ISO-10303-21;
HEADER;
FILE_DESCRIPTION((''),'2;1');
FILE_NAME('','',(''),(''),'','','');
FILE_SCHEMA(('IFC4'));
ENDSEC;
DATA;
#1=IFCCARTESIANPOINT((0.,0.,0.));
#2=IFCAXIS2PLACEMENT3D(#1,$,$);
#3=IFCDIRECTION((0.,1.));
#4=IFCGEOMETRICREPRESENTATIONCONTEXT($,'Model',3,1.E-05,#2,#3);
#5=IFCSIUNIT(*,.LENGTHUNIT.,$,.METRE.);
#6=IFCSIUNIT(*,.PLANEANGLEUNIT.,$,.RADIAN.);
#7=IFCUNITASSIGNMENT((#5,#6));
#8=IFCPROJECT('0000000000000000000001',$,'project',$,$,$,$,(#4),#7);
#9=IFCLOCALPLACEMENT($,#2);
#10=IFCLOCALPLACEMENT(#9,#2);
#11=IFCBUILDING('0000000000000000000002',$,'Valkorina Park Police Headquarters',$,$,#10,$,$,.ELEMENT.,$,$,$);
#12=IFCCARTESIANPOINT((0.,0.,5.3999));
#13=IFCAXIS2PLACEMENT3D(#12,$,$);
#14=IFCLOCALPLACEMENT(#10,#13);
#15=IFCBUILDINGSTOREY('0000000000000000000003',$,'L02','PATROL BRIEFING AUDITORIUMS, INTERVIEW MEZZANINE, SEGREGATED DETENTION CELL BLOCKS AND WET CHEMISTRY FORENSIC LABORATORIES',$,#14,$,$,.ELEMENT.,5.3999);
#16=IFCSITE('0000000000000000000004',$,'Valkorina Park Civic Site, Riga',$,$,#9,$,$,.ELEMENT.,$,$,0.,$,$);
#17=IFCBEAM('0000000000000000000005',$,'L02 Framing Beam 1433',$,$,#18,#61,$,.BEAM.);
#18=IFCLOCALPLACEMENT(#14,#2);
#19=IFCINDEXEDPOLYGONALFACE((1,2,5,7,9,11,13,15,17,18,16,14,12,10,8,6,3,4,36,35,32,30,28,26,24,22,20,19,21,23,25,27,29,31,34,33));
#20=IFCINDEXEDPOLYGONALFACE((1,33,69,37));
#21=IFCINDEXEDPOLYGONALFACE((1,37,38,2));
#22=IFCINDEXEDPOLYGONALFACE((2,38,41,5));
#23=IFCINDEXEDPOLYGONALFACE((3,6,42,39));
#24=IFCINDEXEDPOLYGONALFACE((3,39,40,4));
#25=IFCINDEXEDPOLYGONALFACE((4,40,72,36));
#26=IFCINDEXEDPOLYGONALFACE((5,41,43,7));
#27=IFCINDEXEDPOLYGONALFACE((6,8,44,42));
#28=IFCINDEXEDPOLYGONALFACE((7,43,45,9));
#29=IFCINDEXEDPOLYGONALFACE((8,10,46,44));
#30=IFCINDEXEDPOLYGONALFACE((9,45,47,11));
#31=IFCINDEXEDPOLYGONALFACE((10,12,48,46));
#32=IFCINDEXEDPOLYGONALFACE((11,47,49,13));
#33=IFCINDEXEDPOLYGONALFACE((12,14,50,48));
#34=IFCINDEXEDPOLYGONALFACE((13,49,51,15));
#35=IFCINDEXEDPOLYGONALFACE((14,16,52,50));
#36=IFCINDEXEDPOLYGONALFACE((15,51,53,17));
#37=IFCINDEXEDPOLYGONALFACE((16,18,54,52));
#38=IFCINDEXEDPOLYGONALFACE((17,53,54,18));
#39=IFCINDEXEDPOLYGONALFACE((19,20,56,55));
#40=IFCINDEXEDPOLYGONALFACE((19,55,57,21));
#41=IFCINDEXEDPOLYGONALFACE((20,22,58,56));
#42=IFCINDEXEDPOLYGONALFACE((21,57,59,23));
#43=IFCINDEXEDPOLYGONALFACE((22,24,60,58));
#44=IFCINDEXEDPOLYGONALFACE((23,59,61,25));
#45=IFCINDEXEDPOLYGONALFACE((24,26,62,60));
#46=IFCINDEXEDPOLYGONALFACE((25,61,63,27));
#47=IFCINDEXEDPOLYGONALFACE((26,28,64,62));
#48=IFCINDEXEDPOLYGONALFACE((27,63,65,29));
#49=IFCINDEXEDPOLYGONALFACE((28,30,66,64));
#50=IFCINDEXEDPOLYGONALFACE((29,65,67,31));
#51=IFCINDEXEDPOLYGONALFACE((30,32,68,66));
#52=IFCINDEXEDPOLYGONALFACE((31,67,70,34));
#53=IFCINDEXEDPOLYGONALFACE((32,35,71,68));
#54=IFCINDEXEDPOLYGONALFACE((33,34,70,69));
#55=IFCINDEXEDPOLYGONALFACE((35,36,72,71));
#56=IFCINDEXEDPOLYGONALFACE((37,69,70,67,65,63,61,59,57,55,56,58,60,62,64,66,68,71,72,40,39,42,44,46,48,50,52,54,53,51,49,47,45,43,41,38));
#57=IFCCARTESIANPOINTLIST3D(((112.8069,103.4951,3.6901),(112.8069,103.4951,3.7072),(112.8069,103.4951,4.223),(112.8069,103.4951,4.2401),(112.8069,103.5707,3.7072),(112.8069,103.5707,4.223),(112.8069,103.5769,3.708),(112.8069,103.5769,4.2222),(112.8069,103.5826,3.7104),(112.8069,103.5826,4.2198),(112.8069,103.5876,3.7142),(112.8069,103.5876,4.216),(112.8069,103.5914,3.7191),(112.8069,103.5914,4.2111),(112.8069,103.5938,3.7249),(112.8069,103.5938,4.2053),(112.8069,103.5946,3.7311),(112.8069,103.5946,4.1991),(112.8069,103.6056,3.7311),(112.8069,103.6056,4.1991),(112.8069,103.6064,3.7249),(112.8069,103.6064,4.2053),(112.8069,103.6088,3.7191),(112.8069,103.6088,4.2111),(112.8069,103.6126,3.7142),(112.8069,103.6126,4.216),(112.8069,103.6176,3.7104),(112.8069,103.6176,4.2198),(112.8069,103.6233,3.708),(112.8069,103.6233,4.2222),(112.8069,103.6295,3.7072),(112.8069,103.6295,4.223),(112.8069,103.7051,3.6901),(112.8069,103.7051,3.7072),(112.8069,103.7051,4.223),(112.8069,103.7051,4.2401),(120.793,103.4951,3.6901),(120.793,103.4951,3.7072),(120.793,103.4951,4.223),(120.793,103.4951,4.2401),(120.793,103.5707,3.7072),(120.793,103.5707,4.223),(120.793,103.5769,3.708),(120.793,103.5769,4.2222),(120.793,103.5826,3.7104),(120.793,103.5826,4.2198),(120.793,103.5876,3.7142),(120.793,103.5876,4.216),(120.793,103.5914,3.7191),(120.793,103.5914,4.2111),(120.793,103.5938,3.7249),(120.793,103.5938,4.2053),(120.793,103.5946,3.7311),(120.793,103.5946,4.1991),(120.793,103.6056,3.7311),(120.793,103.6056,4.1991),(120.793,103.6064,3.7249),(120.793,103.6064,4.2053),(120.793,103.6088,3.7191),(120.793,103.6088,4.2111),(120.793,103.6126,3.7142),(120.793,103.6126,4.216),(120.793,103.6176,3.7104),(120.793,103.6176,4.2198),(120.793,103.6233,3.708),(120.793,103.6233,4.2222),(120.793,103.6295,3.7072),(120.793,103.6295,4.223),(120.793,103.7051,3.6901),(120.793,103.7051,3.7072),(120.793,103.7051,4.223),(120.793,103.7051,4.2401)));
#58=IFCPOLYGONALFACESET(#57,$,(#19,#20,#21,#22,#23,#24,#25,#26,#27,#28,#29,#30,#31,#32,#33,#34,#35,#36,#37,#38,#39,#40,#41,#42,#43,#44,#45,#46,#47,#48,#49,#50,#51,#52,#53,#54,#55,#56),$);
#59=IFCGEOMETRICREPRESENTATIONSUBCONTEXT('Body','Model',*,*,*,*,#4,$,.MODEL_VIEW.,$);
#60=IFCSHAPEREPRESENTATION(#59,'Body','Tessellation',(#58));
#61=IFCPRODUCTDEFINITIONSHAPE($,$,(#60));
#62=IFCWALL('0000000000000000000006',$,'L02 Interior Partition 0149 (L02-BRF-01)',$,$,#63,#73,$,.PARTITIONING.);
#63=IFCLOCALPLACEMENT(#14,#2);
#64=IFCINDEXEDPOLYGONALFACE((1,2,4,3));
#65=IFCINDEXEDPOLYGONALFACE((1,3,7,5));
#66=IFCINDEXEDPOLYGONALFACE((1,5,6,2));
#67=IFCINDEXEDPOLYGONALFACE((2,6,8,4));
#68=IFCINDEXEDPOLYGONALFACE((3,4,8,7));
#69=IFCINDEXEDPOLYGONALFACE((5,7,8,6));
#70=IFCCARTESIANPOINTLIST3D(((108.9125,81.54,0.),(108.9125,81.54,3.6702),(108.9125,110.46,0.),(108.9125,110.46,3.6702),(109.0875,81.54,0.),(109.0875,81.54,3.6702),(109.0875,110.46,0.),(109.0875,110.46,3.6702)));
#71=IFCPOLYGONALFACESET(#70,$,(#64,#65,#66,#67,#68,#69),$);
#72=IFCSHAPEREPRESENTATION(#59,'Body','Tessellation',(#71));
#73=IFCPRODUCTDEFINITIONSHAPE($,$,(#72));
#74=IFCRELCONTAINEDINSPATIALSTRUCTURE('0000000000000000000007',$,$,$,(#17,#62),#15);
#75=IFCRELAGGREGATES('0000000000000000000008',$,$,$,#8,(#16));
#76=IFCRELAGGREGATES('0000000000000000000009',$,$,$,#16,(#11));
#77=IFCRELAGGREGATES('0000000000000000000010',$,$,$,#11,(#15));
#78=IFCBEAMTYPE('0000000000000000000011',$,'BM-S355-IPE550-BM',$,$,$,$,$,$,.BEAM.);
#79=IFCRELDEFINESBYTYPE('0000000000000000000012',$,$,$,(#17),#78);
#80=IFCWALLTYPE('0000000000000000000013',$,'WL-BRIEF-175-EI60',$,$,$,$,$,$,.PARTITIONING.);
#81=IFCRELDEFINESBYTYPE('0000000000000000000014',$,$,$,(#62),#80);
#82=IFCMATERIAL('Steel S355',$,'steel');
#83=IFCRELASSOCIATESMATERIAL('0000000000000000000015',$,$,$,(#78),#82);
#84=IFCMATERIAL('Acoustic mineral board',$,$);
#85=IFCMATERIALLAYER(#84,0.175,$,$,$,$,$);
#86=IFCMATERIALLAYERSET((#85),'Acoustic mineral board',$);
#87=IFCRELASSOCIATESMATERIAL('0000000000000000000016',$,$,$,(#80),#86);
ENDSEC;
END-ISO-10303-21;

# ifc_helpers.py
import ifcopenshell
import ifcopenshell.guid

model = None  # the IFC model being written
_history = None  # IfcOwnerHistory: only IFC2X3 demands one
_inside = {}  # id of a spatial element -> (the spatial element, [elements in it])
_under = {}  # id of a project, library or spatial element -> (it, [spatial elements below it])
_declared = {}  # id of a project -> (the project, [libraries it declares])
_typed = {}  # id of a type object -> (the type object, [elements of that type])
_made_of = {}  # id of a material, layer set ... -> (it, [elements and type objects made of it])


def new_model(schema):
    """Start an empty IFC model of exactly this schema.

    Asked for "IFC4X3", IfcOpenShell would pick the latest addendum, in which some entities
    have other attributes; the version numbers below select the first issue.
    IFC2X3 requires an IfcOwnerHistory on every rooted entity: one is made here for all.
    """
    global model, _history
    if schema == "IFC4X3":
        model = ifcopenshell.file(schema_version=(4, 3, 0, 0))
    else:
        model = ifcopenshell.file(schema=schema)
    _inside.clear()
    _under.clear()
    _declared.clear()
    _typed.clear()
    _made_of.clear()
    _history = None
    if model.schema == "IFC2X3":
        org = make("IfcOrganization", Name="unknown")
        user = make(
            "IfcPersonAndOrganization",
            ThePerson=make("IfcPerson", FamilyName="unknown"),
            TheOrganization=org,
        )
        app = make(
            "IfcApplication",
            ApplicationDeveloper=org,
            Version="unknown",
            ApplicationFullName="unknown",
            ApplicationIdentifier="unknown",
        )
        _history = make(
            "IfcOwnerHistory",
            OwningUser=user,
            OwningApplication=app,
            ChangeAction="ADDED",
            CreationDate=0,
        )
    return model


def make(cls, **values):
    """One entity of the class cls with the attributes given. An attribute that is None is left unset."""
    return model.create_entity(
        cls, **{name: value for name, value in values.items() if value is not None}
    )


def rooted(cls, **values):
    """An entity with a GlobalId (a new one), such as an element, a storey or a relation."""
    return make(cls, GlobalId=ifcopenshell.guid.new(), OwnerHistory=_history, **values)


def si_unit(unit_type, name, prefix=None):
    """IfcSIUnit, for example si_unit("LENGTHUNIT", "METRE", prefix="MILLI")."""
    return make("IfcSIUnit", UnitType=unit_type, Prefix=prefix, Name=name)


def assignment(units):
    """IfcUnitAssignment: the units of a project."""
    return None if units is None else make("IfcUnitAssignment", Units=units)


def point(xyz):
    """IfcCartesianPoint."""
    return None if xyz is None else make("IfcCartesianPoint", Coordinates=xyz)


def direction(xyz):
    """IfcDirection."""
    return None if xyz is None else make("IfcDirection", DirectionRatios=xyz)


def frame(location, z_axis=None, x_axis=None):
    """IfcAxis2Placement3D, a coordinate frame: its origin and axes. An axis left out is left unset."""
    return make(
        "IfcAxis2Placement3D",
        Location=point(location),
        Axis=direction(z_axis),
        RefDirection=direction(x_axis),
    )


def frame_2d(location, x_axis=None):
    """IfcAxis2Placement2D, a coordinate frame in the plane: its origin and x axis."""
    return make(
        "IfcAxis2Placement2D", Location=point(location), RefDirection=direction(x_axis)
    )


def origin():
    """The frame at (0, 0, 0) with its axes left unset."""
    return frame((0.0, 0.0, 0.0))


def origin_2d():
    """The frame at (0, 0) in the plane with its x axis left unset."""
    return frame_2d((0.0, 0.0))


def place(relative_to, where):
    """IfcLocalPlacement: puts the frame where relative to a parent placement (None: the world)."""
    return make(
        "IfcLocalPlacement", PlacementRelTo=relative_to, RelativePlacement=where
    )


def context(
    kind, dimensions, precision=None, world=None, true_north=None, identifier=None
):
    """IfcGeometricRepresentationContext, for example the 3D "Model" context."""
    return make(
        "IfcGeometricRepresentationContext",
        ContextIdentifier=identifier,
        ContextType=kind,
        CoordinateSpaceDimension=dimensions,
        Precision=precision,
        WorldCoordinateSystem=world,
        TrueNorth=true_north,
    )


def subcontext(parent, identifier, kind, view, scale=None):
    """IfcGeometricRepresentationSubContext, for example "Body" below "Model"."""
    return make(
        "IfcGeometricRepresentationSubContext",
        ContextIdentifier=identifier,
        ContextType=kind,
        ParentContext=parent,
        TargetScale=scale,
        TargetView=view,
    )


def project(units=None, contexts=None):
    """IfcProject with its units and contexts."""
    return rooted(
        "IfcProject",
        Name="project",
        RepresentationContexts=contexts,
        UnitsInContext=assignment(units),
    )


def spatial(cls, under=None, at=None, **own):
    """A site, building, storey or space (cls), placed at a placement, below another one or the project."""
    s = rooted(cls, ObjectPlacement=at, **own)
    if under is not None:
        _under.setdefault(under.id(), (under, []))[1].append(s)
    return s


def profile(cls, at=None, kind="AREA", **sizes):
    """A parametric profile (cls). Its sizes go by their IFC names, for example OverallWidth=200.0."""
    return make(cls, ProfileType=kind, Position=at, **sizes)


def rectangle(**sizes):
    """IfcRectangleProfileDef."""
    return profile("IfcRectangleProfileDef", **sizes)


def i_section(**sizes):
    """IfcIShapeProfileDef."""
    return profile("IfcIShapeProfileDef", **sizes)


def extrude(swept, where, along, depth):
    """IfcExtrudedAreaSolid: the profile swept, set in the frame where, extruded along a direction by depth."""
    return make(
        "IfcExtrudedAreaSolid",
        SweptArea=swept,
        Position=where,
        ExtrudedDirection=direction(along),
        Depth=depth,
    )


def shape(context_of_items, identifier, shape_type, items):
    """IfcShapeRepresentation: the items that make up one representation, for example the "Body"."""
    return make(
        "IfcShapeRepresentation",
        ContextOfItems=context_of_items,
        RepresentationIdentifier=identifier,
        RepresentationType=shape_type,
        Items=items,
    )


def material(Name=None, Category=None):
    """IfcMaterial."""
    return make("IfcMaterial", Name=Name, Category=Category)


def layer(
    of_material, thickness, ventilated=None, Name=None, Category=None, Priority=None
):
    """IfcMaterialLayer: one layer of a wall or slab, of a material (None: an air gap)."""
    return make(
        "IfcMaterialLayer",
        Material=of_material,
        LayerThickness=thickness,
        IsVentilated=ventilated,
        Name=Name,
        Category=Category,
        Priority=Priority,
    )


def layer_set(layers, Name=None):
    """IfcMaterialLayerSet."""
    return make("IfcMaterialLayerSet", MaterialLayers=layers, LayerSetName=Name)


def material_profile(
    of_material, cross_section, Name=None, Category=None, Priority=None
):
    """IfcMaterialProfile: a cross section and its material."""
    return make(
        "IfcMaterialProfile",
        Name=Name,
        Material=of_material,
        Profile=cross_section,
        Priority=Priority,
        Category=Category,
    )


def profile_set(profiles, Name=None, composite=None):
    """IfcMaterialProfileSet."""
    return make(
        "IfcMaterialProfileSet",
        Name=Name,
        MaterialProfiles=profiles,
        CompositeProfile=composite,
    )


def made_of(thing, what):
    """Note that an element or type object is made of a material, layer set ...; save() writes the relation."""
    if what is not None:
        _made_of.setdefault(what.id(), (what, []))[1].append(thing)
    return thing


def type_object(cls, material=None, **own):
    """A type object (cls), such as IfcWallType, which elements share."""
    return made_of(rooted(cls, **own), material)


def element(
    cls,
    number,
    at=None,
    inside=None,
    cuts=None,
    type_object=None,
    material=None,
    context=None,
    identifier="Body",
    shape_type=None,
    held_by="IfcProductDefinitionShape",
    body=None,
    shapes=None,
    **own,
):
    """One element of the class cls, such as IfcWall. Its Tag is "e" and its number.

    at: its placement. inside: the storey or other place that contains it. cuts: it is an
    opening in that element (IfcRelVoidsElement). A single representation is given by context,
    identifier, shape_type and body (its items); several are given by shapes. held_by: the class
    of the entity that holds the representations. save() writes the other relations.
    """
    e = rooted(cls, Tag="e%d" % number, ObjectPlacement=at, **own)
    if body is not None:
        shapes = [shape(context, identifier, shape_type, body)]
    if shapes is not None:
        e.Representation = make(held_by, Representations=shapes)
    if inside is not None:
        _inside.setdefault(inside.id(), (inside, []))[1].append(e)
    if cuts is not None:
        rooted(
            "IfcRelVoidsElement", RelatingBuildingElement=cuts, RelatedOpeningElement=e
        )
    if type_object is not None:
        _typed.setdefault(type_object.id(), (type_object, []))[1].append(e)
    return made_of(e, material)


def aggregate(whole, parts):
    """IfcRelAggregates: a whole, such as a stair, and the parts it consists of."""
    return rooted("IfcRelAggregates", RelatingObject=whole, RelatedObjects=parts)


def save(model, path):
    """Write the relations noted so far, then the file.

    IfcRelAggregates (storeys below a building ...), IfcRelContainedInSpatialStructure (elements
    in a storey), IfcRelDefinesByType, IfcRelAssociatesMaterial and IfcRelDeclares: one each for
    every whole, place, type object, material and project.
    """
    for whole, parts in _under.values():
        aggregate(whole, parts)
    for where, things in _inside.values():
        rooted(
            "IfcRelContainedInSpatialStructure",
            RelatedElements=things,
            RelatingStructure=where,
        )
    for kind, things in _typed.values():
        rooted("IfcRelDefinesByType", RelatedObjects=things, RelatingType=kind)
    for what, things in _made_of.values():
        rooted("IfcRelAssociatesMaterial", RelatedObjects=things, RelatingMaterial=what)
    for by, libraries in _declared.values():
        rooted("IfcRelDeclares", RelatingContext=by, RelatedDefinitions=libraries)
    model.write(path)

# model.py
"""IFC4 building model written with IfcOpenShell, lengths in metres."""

from ifc_helpers import new_model, si_unit, direction, frame, frame_2d, origin, origin_2d, place, context, subcontext, project, spatial, rectangle, i_section, extrude, material, layer, layer_set, material_profile, profile_set, type_object, element, save


model = new_model("IFC4")

# Units and contexts
model_context = context("Model", 3, precision=1e-05, world=origin(), true_north=direction((0.0, 1.0)))
body_context = subcontext(model_context, "Body", "Model", "MODEL_VIEW")
ifc_project = project(units=[si_unit("LENGTHUNIT", "METRE"), si_unit("PLANEANGLEUNIT", "RADIAN")], contexts=[model_context])

# Site, building, storey
site_placement = place(None, origin())
site = spatial("IfcSite", under=ifc_project, at=site_placement, Name="Valkorina Park Civic Site, Riga", CompositionType="ELEMENT", RefElevation=0.0)
building_placement = place(site_placement, origin())
building = spatial("IfcBuilding", under=site, at=building_placement, Name="Valkorina Park Police Headquarters", CompositionType="ELEMENT")
storey_placement = place(building_placement, frame((0.0, 0.0, 5.3999)))
storey = spatial("IfcBuildingStorey", under=building, at=storey_placement, Name="L02", Description="PATROL BRIEFING AUDITORIUMS, INTERVIEW MEZZANINE, SEGREGATED DETENTION CELL BLOCKS AND WET CHEMISTRY FORENSIC LABORATORIES", CompositionType="ELEMENT", Elevation=5.3999)

# Shared definitions
ifc_material_1 = material(Name="Steel S355", Category="steel")

# Beam
ifc_material_profile_1 = material_profile(ifc_material_1, i_section(OverallWidth=0.21, OverallDepth=0.55, WebThickness=0.011, FlangeThickness=0.0171, FilletRadius=0.0239, at=origin_2d()), Name="IPE 550")
ifc_profile_set_1 = profile_set([ifc_material_profile_1], Name="Steel S355")
beam_type_1 = type_object("IfcBeamType", Name="BM-S355-IPE550-BM", PredefinedType="BEAM", material=ifc_profile_set_1)
for number, where, z_axis, x_axis, name in (
    (1, (112.8069, 103.6001, 3.9651), (1.0, 0.0, 0.0), (0.0, 1.0, 0.0), "L02 Framing Beam 1433"),
):
    element("IfcBeam", number, at=place(storey_placement, frame(where, z_axis=z_axis, x_axis=x_axis)), inside=storey, type_object=beam_type_1, Name=name, PredefinedType="BEAM", context=body_context, shape_type="SweptSolid", body=[
        extrude(i_section(OverallWidth=0.21, OverallDepth=0.55, WebThickness=0.011, FlangeThickness=0.0171, FilletRadius=0.0239, at=origin_2d()), origin(), (0.0, 0.0, 1.0), 7.9861),
    ])

# Wall
ifc_material_2 = material(Name="Acoustic mineral board")
ifc_layer = layer(ifc_material_2, 0.175)
ifc_layer_set = layer_set([ifc_layer], Name="Acoustic mineral board")
wall_type = type_object("IfcWallType", Name="WL-BRIEF-175-EI60", PredefinedType="PARTITIONING", material=ifc_layer_set)
wall_placement = place(storey_placement, frame((109.0, 81.54, 0.0), z_axis=(0.0, 0.0, 1.0), x_axis=(0.0, 1.0, 0.0)))
element("IfcWall", 2, at=wall_placement, inside=storey, type_object=wall_type, Name="L02 Interior Partition 0149 (L02-BRF-01)", PredefinedType="PARTITIONING", context=body_context, shape_type="SweptSolid", body=[
    extrude(rectangle(XDim=28.9199, YDim=0.175, at=frame_2d((14.46, 0.0))), origin(), (0.0, 0.0, 1.0), 3.6702),
])

save(model, "model.ifc")
